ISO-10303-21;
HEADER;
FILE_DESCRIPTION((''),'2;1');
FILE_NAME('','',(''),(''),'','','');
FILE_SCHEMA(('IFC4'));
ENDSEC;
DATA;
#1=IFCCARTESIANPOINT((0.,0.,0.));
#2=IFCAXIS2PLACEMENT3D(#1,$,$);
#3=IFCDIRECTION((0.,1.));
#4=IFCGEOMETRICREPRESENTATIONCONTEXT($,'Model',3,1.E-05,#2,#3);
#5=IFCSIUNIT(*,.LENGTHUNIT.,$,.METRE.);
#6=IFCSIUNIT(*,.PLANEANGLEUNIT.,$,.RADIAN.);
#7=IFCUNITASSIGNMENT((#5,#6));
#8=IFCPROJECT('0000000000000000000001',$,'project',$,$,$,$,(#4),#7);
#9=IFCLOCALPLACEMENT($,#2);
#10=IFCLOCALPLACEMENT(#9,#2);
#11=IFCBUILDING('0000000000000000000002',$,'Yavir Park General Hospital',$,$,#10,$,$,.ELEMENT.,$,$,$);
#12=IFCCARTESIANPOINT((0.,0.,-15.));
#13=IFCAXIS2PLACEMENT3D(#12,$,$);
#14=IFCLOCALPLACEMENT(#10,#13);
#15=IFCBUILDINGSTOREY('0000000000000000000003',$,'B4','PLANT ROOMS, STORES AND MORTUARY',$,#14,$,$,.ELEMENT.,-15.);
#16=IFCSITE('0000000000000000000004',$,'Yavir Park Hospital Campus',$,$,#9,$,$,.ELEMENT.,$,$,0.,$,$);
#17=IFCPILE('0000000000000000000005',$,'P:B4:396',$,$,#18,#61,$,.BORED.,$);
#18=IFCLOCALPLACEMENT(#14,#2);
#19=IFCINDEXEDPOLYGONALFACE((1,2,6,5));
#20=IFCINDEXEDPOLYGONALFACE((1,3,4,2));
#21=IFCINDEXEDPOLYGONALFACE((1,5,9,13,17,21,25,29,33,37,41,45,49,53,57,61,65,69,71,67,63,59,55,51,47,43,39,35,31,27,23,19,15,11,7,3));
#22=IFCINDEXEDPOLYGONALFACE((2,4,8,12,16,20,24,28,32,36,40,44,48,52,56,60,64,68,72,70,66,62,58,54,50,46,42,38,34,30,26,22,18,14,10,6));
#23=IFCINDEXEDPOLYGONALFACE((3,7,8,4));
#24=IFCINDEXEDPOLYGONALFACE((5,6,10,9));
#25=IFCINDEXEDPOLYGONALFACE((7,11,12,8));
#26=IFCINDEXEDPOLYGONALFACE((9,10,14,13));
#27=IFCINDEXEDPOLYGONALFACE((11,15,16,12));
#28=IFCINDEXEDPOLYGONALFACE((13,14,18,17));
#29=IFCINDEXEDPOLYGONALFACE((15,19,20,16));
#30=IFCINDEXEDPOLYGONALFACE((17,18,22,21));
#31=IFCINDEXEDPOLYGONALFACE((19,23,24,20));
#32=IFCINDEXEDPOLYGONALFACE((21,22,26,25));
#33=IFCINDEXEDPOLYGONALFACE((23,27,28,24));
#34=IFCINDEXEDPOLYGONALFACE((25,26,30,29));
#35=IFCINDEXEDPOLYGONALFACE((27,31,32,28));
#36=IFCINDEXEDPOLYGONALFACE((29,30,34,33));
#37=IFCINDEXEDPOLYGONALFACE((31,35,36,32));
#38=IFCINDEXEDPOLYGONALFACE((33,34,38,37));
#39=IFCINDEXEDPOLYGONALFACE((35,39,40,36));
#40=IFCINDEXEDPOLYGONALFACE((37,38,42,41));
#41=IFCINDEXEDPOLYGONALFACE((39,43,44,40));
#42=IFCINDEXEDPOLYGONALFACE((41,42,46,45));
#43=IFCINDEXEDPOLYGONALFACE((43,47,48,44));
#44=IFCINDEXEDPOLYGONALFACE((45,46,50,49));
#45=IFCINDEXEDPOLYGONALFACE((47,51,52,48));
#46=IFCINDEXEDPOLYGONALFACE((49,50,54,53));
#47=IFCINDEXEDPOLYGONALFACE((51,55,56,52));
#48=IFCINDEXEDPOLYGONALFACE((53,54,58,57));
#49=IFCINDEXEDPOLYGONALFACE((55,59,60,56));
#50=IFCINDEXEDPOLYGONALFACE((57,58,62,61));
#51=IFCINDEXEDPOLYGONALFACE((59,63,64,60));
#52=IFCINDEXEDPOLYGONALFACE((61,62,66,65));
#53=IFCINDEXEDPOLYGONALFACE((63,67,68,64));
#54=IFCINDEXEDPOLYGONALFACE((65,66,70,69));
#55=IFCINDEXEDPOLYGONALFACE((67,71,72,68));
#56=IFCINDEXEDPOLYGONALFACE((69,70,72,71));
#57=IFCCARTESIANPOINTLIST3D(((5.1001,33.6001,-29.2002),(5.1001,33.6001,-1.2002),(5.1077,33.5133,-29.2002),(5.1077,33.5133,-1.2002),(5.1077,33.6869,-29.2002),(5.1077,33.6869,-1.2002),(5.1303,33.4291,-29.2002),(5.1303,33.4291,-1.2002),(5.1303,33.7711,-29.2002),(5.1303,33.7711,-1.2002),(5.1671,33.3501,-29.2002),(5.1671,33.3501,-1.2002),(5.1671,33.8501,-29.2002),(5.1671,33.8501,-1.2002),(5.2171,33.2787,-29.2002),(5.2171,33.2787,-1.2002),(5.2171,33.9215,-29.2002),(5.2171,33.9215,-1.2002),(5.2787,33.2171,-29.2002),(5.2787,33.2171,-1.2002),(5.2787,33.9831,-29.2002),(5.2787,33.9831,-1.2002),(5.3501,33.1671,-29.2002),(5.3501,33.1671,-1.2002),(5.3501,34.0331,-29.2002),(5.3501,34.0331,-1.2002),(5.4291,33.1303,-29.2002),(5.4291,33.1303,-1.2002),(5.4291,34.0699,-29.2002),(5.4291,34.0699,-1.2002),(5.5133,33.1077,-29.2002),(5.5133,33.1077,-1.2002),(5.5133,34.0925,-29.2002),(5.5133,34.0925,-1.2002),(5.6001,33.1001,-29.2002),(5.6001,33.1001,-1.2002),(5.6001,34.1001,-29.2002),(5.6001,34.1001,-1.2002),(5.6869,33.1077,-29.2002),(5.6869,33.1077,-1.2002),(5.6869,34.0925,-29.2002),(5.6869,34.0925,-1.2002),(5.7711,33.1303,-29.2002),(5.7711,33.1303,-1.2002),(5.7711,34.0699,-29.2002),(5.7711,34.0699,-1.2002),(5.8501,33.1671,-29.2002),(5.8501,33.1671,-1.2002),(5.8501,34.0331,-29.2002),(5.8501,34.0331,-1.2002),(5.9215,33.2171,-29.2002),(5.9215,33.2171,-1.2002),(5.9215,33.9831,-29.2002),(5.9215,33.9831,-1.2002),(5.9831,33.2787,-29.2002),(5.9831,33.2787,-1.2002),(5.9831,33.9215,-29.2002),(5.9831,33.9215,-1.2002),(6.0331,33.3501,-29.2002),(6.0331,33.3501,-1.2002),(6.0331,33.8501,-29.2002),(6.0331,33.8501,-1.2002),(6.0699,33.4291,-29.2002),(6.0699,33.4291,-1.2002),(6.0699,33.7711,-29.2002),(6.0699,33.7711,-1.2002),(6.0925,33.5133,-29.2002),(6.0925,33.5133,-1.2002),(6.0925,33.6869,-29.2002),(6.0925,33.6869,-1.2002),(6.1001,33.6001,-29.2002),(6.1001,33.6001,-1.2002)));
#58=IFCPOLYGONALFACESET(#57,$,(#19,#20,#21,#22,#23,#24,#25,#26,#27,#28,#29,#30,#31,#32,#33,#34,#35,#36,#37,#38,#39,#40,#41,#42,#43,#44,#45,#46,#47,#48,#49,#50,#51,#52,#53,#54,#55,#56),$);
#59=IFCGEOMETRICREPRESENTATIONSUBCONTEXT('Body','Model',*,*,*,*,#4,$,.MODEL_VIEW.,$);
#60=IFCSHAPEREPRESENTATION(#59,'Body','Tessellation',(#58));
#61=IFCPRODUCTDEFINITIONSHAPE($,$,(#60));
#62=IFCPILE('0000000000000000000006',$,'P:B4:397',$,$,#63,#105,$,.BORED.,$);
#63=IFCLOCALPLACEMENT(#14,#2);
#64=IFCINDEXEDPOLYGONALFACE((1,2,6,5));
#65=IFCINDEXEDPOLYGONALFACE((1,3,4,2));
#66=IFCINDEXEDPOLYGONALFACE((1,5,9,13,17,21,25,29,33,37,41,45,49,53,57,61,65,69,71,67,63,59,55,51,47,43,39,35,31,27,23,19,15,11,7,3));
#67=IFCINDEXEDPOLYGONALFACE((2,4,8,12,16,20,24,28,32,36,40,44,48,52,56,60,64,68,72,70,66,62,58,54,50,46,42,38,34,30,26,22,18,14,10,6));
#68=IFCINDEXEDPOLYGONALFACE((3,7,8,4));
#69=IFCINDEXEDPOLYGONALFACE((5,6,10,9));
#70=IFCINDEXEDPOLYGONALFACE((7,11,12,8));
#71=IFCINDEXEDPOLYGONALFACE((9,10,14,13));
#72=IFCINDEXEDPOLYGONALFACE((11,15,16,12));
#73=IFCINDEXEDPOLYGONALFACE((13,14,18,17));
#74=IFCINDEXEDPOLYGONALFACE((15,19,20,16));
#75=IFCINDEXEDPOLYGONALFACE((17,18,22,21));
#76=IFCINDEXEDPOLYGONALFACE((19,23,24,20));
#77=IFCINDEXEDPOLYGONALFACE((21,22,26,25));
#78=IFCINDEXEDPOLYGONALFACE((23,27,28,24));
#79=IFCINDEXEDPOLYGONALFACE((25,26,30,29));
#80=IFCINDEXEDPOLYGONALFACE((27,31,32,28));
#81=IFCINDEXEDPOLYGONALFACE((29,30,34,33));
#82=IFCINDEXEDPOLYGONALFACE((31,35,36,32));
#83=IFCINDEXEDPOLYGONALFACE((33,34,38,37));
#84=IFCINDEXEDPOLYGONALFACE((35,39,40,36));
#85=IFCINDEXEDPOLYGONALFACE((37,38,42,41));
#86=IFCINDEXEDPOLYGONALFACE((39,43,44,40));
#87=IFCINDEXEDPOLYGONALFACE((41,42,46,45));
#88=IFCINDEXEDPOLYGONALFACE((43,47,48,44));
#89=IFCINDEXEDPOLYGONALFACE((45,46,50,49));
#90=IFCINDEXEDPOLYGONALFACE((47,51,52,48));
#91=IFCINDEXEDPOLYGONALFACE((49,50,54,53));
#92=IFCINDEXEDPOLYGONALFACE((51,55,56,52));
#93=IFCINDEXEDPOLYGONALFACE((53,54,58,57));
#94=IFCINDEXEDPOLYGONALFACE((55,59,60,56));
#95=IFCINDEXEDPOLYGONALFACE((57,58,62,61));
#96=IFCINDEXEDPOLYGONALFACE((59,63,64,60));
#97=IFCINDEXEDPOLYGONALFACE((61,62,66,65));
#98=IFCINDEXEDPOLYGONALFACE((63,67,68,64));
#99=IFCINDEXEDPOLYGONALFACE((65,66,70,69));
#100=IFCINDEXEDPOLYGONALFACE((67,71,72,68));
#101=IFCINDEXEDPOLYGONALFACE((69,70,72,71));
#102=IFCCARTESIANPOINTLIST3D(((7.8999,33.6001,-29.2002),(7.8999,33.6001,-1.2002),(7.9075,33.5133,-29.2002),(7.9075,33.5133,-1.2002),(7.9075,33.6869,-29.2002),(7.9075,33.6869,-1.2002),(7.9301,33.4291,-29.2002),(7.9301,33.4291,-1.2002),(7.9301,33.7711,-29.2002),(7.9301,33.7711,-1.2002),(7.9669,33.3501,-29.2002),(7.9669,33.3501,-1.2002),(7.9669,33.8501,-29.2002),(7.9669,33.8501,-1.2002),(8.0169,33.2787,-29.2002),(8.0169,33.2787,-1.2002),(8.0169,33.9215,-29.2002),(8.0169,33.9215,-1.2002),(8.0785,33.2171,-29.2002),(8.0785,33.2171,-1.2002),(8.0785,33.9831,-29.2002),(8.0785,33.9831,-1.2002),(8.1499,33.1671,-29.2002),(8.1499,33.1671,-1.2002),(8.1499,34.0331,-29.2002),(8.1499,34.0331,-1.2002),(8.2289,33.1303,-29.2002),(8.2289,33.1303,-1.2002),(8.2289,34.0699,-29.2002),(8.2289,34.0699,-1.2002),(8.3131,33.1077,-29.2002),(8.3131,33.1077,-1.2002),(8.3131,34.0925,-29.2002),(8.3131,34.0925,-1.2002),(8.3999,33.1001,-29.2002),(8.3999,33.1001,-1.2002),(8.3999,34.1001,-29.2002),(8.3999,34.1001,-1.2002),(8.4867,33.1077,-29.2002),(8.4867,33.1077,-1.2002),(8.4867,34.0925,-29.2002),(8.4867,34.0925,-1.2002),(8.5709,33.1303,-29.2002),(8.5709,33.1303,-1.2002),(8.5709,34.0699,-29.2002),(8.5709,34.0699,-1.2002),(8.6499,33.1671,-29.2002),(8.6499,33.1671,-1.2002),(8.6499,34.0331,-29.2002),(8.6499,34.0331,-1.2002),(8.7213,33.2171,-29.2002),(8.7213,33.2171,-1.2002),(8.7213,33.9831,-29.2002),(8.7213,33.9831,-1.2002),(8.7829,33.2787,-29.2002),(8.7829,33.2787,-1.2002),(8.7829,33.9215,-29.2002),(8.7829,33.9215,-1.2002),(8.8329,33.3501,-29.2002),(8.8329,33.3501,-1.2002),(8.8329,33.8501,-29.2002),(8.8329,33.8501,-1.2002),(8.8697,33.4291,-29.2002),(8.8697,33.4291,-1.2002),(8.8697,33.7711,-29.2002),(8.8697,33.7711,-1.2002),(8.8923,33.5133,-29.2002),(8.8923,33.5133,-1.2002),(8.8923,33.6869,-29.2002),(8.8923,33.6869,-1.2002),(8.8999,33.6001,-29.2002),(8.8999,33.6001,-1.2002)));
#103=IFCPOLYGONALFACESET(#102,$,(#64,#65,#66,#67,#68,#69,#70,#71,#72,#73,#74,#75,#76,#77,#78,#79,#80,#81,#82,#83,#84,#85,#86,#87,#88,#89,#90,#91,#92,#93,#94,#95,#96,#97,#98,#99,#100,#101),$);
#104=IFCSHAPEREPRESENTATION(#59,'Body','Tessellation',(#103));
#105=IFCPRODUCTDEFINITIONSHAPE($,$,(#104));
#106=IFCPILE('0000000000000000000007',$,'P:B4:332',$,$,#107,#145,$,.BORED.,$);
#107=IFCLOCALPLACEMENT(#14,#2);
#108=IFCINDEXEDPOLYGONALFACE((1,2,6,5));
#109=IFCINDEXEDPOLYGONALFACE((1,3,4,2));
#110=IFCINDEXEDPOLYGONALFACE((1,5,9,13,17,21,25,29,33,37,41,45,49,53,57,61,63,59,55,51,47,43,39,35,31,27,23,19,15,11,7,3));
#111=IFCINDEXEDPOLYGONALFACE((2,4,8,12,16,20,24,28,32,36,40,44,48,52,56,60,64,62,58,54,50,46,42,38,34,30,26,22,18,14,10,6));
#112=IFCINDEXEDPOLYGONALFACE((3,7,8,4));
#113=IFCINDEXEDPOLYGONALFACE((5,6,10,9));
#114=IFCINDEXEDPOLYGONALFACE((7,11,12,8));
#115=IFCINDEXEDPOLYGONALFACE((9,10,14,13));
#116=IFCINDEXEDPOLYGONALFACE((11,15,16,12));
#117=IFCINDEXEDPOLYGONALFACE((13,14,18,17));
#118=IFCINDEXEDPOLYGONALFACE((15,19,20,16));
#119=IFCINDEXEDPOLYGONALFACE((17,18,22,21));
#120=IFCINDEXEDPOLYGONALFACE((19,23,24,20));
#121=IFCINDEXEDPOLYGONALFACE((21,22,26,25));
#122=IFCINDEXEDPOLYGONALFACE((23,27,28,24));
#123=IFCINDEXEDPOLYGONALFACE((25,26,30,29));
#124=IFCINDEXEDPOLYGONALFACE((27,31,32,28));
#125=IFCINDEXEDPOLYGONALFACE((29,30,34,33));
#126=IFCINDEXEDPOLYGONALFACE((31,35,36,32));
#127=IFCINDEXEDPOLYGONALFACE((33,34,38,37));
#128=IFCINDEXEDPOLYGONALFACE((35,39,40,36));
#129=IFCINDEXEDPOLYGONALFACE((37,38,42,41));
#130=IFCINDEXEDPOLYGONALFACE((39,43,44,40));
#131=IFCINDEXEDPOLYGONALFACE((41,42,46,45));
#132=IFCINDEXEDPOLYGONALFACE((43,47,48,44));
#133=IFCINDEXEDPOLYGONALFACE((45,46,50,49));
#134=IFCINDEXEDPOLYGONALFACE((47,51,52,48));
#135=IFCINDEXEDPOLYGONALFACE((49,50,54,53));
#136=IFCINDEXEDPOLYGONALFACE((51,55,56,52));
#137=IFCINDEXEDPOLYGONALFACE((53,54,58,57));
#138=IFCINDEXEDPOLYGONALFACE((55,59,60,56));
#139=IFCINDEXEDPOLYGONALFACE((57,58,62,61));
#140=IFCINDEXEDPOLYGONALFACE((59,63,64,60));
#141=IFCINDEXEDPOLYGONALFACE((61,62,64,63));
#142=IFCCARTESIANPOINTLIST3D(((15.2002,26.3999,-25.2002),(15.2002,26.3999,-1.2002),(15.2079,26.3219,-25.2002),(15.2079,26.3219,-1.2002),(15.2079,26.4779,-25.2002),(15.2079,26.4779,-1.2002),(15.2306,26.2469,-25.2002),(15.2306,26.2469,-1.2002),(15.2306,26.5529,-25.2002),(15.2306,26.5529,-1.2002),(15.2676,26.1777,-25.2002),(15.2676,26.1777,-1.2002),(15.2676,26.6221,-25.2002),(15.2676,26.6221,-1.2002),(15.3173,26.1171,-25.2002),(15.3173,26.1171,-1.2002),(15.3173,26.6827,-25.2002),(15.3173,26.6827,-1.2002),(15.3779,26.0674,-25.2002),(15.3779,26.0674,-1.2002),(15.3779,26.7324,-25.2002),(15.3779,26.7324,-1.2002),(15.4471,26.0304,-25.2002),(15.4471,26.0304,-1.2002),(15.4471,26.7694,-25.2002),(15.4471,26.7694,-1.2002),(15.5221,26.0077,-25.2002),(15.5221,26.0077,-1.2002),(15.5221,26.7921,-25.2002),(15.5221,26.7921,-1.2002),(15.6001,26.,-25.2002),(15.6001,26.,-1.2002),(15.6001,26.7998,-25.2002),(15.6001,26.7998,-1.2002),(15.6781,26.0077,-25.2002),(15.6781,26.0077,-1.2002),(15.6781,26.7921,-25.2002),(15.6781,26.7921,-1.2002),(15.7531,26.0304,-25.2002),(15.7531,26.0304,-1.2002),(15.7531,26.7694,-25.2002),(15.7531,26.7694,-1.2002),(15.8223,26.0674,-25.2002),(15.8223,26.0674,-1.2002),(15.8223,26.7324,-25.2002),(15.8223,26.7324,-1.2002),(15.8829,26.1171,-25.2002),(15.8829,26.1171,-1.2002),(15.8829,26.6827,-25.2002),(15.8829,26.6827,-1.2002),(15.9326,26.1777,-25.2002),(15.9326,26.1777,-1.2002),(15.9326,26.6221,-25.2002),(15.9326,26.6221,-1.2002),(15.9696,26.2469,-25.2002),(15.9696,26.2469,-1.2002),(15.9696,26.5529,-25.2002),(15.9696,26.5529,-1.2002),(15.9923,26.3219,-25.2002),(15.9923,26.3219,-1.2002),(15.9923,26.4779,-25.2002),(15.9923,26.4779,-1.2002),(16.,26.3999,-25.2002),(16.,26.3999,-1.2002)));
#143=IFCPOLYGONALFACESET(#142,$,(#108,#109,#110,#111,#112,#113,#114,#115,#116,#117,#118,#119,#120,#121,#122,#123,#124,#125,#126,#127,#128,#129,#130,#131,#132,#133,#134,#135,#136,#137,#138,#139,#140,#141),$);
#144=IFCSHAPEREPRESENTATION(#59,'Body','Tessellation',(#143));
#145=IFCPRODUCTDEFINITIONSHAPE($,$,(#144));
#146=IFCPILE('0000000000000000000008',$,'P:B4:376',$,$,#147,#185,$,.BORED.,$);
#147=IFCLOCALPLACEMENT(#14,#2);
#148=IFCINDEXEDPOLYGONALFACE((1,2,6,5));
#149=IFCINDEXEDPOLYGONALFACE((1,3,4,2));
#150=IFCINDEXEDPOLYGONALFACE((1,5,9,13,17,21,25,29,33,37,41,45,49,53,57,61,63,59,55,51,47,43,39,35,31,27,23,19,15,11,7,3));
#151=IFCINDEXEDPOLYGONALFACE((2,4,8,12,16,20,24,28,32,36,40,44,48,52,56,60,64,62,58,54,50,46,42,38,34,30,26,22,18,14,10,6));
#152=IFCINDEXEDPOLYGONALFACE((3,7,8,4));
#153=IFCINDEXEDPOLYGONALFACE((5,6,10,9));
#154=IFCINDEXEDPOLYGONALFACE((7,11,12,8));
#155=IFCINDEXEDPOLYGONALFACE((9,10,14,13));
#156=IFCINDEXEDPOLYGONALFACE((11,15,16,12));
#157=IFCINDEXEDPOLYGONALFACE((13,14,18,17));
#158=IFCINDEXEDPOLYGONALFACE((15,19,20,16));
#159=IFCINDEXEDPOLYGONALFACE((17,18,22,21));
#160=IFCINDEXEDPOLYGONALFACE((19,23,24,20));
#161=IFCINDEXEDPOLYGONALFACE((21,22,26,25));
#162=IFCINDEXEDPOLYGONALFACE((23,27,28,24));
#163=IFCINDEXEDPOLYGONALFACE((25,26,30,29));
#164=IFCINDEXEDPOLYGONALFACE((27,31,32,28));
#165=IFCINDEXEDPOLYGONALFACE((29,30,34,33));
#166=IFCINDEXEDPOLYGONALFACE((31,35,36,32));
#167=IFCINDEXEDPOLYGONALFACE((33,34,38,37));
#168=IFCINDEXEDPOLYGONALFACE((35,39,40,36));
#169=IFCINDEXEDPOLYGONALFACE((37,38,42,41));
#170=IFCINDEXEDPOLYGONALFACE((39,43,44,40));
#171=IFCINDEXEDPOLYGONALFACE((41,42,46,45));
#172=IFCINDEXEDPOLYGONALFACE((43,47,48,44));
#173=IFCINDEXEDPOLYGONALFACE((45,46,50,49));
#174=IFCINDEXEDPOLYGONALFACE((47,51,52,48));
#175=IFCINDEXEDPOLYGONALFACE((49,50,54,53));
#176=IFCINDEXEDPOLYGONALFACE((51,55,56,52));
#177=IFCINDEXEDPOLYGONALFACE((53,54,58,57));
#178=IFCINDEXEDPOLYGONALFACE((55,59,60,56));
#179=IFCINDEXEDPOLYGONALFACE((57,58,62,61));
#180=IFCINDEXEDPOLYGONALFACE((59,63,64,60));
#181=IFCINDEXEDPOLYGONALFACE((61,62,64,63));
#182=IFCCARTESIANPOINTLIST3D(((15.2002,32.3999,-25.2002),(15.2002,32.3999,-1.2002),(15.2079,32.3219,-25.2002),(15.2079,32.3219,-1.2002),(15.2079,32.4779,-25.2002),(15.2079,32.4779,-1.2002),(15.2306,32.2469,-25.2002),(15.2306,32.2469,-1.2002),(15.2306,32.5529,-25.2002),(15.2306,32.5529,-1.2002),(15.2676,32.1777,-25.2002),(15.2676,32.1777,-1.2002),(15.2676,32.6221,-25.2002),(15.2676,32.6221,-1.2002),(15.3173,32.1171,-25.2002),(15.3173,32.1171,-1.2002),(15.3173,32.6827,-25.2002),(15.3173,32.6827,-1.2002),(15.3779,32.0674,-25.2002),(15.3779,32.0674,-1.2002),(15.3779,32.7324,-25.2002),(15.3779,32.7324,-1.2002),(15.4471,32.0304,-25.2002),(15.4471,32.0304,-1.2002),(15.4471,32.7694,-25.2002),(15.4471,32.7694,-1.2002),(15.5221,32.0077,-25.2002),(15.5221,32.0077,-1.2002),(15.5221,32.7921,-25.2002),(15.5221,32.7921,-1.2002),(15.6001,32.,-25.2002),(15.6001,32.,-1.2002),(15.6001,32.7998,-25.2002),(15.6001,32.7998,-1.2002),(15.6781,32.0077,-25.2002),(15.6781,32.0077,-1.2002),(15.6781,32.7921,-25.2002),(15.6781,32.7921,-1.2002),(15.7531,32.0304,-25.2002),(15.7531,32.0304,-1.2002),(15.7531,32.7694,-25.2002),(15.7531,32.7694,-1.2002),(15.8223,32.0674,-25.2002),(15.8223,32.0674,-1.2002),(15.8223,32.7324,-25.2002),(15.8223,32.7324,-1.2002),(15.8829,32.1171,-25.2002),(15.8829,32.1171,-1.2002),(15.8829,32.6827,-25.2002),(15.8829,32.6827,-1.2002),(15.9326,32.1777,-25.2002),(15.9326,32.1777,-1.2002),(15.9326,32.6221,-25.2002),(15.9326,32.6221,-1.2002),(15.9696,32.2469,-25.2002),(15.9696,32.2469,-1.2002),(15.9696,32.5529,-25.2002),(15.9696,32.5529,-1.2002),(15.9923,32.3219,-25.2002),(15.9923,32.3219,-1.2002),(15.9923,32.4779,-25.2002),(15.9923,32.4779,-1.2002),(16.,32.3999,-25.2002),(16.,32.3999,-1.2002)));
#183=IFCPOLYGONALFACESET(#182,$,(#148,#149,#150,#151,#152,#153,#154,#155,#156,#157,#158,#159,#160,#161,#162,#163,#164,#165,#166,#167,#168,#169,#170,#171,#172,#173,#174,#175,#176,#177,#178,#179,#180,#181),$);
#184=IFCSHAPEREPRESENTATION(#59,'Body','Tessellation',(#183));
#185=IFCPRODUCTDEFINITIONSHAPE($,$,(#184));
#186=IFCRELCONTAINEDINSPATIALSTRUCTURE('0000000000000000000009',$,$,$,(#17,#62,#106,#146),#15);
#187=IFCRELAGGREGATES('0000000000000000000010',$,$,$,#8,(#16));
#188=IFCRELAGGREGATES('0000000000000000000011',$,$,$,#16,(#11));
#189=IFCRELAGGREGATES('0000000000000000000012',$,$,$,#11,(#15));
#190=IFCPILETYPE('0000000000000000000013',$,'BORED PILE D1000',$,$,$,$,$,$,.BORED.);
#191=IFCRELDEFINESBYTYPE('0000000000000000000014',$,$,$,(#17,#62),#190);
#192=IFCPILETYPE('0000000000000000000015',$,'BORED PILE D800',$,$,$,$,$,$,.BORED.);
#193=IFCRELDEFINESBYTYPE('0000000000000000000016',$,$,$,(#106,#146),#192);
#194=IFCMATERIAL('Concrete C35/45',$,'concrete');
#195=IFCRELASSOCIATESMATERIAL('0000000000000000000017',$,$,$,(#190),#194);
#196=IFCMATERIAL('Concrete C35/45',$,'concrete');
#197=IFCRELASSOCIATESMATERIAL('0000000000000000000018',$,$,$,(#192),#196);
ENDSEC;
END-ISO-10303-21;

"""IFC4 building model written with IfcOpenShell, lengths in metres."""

from ifc_helpers import new_model, si_unit, direction, frame, origin, origin_2d, place, context, subcontext, project, spatial, circle, extrude, material, material_profile, profile_set, type_object, element, save


model = new_model("IFC4")

# Units and contexts
model_context = context("Model", 3, precision=1e-05, world=origin(), true_north=direction((0.0, 1.0)))
body_context = subcontext(model_context, "Body", "Model", "MODEL_VIEW")
ifc_project = project(units=[si_unit("LENGTHUNIT", "METRE"), si_unit("PLANEANGLEUNIT", "RADIAN")], contexts=[model_context])

# Site, building, storey
site_placement = place(None, origin())
site = spatial("IfcSite", under=ifc_project, at=site_placement, Name="Yavir Park Hospital Campus", CompositionType="ELEMENT", RefElevation=0.0)
building_placement = place(site_placement, origin())
building = spatial("IfcBuilding", under=site, at=building_placement, Name="Yavir Park General Hospital", CompositionType="ELEMENT")
storey_placement = place(building_placement, frame((0.0, 0.0, -15.0)))
storey = spatial("IfcBuildingStorey", under=building, at=storey_placement, Name="B4", Description="PLANT ROOMS, STORES AND MORTUARY", CompositionType="ELEMENT", Elevation=-15.0)

# Piles
ifc_material_1 = material(Name="Concrete C35/45", Category="concrete")
ifc_material_profile_1 = material_profile(ifc_material_1, circle(Radius=0.5, at=origin_2d()), Name="D1000")
ifc_profile_set_1 = profile_set([ifc_material_profile_1], Name="Concrete C35/45")
pile_type_1 = type_object("IfcPileType", Name="BORED PILE D1000", PredefinedType="BORED", material=ifc_profile_set_1)
for number, where, z_axis, x_axis, name in (
    (1, (5.6001, 33.6001, -1.2002), (0.0, 0.0, -1.0), (1.0, 0.0, 0.0), "P:B4:396"),
    (2, (8.3999, 33.6001, -1.2002), (0.0, 0.0, -1.0), (1.0, 0.0, 0.0), "P:B4:397"),
):
    element("IfcPile", number, at=place(storey_placement, frame(where, z_axis=z_axis, x_axis=x_axis)), inside=storey, type_object=pile_type_1, Name=name, PredefinedType="BORED", context=body_context, shape_type="SweptSolid", body=[
        extrude(circle(Radius=0.5, at=origin_2d()), origin(), (0.0, 0.0, 1.0), 28.0),
    ])
ifc_material_2 = material(Name="Concrete C35/45", Category="concrete")
ifc_material_profile_2 = material_profile(ifc_material_2, circle(Radius=0.3999, at=origin_2d()), Name="D800")
ifc_profile_set_2 = profile_set([ifc_material_profile_2], Name="Concrete C35/45")
pile_type_2 = type_object("IfcPileType", Name="BORED PILE D800", PredefinedType="BORED", material=ifc_profile_set_2)
for number, where, z_axis, x_axis, name in (
    (3, (15.6001, 26.3999, -1.2002), (0.0, 0.0, -1.0), (1.0, 0.0, 0.0), "P:B4:332"),
    (4, (15.6001, 32.3999, -1.2002), (0.0, 0.0, -1.0), (1.0, 0.0, 0.0), "P:B4:376"),
):
    element("IfcPile", number, at=place(storey_placement, frame(where, z_axis=z_axis, x_axis=x_axis)), inside=storey, type_object=pile_type_2, Name=name, PredefinedType="BORED", context=body_context, shape_type="SweptSolid", body=[
        extrude(circle(Radius=0.3999, at=origin_2d()), origin(), (0.0, 0.0, 1.0), 24.0),
    ])

save(model, "model.ifc")
